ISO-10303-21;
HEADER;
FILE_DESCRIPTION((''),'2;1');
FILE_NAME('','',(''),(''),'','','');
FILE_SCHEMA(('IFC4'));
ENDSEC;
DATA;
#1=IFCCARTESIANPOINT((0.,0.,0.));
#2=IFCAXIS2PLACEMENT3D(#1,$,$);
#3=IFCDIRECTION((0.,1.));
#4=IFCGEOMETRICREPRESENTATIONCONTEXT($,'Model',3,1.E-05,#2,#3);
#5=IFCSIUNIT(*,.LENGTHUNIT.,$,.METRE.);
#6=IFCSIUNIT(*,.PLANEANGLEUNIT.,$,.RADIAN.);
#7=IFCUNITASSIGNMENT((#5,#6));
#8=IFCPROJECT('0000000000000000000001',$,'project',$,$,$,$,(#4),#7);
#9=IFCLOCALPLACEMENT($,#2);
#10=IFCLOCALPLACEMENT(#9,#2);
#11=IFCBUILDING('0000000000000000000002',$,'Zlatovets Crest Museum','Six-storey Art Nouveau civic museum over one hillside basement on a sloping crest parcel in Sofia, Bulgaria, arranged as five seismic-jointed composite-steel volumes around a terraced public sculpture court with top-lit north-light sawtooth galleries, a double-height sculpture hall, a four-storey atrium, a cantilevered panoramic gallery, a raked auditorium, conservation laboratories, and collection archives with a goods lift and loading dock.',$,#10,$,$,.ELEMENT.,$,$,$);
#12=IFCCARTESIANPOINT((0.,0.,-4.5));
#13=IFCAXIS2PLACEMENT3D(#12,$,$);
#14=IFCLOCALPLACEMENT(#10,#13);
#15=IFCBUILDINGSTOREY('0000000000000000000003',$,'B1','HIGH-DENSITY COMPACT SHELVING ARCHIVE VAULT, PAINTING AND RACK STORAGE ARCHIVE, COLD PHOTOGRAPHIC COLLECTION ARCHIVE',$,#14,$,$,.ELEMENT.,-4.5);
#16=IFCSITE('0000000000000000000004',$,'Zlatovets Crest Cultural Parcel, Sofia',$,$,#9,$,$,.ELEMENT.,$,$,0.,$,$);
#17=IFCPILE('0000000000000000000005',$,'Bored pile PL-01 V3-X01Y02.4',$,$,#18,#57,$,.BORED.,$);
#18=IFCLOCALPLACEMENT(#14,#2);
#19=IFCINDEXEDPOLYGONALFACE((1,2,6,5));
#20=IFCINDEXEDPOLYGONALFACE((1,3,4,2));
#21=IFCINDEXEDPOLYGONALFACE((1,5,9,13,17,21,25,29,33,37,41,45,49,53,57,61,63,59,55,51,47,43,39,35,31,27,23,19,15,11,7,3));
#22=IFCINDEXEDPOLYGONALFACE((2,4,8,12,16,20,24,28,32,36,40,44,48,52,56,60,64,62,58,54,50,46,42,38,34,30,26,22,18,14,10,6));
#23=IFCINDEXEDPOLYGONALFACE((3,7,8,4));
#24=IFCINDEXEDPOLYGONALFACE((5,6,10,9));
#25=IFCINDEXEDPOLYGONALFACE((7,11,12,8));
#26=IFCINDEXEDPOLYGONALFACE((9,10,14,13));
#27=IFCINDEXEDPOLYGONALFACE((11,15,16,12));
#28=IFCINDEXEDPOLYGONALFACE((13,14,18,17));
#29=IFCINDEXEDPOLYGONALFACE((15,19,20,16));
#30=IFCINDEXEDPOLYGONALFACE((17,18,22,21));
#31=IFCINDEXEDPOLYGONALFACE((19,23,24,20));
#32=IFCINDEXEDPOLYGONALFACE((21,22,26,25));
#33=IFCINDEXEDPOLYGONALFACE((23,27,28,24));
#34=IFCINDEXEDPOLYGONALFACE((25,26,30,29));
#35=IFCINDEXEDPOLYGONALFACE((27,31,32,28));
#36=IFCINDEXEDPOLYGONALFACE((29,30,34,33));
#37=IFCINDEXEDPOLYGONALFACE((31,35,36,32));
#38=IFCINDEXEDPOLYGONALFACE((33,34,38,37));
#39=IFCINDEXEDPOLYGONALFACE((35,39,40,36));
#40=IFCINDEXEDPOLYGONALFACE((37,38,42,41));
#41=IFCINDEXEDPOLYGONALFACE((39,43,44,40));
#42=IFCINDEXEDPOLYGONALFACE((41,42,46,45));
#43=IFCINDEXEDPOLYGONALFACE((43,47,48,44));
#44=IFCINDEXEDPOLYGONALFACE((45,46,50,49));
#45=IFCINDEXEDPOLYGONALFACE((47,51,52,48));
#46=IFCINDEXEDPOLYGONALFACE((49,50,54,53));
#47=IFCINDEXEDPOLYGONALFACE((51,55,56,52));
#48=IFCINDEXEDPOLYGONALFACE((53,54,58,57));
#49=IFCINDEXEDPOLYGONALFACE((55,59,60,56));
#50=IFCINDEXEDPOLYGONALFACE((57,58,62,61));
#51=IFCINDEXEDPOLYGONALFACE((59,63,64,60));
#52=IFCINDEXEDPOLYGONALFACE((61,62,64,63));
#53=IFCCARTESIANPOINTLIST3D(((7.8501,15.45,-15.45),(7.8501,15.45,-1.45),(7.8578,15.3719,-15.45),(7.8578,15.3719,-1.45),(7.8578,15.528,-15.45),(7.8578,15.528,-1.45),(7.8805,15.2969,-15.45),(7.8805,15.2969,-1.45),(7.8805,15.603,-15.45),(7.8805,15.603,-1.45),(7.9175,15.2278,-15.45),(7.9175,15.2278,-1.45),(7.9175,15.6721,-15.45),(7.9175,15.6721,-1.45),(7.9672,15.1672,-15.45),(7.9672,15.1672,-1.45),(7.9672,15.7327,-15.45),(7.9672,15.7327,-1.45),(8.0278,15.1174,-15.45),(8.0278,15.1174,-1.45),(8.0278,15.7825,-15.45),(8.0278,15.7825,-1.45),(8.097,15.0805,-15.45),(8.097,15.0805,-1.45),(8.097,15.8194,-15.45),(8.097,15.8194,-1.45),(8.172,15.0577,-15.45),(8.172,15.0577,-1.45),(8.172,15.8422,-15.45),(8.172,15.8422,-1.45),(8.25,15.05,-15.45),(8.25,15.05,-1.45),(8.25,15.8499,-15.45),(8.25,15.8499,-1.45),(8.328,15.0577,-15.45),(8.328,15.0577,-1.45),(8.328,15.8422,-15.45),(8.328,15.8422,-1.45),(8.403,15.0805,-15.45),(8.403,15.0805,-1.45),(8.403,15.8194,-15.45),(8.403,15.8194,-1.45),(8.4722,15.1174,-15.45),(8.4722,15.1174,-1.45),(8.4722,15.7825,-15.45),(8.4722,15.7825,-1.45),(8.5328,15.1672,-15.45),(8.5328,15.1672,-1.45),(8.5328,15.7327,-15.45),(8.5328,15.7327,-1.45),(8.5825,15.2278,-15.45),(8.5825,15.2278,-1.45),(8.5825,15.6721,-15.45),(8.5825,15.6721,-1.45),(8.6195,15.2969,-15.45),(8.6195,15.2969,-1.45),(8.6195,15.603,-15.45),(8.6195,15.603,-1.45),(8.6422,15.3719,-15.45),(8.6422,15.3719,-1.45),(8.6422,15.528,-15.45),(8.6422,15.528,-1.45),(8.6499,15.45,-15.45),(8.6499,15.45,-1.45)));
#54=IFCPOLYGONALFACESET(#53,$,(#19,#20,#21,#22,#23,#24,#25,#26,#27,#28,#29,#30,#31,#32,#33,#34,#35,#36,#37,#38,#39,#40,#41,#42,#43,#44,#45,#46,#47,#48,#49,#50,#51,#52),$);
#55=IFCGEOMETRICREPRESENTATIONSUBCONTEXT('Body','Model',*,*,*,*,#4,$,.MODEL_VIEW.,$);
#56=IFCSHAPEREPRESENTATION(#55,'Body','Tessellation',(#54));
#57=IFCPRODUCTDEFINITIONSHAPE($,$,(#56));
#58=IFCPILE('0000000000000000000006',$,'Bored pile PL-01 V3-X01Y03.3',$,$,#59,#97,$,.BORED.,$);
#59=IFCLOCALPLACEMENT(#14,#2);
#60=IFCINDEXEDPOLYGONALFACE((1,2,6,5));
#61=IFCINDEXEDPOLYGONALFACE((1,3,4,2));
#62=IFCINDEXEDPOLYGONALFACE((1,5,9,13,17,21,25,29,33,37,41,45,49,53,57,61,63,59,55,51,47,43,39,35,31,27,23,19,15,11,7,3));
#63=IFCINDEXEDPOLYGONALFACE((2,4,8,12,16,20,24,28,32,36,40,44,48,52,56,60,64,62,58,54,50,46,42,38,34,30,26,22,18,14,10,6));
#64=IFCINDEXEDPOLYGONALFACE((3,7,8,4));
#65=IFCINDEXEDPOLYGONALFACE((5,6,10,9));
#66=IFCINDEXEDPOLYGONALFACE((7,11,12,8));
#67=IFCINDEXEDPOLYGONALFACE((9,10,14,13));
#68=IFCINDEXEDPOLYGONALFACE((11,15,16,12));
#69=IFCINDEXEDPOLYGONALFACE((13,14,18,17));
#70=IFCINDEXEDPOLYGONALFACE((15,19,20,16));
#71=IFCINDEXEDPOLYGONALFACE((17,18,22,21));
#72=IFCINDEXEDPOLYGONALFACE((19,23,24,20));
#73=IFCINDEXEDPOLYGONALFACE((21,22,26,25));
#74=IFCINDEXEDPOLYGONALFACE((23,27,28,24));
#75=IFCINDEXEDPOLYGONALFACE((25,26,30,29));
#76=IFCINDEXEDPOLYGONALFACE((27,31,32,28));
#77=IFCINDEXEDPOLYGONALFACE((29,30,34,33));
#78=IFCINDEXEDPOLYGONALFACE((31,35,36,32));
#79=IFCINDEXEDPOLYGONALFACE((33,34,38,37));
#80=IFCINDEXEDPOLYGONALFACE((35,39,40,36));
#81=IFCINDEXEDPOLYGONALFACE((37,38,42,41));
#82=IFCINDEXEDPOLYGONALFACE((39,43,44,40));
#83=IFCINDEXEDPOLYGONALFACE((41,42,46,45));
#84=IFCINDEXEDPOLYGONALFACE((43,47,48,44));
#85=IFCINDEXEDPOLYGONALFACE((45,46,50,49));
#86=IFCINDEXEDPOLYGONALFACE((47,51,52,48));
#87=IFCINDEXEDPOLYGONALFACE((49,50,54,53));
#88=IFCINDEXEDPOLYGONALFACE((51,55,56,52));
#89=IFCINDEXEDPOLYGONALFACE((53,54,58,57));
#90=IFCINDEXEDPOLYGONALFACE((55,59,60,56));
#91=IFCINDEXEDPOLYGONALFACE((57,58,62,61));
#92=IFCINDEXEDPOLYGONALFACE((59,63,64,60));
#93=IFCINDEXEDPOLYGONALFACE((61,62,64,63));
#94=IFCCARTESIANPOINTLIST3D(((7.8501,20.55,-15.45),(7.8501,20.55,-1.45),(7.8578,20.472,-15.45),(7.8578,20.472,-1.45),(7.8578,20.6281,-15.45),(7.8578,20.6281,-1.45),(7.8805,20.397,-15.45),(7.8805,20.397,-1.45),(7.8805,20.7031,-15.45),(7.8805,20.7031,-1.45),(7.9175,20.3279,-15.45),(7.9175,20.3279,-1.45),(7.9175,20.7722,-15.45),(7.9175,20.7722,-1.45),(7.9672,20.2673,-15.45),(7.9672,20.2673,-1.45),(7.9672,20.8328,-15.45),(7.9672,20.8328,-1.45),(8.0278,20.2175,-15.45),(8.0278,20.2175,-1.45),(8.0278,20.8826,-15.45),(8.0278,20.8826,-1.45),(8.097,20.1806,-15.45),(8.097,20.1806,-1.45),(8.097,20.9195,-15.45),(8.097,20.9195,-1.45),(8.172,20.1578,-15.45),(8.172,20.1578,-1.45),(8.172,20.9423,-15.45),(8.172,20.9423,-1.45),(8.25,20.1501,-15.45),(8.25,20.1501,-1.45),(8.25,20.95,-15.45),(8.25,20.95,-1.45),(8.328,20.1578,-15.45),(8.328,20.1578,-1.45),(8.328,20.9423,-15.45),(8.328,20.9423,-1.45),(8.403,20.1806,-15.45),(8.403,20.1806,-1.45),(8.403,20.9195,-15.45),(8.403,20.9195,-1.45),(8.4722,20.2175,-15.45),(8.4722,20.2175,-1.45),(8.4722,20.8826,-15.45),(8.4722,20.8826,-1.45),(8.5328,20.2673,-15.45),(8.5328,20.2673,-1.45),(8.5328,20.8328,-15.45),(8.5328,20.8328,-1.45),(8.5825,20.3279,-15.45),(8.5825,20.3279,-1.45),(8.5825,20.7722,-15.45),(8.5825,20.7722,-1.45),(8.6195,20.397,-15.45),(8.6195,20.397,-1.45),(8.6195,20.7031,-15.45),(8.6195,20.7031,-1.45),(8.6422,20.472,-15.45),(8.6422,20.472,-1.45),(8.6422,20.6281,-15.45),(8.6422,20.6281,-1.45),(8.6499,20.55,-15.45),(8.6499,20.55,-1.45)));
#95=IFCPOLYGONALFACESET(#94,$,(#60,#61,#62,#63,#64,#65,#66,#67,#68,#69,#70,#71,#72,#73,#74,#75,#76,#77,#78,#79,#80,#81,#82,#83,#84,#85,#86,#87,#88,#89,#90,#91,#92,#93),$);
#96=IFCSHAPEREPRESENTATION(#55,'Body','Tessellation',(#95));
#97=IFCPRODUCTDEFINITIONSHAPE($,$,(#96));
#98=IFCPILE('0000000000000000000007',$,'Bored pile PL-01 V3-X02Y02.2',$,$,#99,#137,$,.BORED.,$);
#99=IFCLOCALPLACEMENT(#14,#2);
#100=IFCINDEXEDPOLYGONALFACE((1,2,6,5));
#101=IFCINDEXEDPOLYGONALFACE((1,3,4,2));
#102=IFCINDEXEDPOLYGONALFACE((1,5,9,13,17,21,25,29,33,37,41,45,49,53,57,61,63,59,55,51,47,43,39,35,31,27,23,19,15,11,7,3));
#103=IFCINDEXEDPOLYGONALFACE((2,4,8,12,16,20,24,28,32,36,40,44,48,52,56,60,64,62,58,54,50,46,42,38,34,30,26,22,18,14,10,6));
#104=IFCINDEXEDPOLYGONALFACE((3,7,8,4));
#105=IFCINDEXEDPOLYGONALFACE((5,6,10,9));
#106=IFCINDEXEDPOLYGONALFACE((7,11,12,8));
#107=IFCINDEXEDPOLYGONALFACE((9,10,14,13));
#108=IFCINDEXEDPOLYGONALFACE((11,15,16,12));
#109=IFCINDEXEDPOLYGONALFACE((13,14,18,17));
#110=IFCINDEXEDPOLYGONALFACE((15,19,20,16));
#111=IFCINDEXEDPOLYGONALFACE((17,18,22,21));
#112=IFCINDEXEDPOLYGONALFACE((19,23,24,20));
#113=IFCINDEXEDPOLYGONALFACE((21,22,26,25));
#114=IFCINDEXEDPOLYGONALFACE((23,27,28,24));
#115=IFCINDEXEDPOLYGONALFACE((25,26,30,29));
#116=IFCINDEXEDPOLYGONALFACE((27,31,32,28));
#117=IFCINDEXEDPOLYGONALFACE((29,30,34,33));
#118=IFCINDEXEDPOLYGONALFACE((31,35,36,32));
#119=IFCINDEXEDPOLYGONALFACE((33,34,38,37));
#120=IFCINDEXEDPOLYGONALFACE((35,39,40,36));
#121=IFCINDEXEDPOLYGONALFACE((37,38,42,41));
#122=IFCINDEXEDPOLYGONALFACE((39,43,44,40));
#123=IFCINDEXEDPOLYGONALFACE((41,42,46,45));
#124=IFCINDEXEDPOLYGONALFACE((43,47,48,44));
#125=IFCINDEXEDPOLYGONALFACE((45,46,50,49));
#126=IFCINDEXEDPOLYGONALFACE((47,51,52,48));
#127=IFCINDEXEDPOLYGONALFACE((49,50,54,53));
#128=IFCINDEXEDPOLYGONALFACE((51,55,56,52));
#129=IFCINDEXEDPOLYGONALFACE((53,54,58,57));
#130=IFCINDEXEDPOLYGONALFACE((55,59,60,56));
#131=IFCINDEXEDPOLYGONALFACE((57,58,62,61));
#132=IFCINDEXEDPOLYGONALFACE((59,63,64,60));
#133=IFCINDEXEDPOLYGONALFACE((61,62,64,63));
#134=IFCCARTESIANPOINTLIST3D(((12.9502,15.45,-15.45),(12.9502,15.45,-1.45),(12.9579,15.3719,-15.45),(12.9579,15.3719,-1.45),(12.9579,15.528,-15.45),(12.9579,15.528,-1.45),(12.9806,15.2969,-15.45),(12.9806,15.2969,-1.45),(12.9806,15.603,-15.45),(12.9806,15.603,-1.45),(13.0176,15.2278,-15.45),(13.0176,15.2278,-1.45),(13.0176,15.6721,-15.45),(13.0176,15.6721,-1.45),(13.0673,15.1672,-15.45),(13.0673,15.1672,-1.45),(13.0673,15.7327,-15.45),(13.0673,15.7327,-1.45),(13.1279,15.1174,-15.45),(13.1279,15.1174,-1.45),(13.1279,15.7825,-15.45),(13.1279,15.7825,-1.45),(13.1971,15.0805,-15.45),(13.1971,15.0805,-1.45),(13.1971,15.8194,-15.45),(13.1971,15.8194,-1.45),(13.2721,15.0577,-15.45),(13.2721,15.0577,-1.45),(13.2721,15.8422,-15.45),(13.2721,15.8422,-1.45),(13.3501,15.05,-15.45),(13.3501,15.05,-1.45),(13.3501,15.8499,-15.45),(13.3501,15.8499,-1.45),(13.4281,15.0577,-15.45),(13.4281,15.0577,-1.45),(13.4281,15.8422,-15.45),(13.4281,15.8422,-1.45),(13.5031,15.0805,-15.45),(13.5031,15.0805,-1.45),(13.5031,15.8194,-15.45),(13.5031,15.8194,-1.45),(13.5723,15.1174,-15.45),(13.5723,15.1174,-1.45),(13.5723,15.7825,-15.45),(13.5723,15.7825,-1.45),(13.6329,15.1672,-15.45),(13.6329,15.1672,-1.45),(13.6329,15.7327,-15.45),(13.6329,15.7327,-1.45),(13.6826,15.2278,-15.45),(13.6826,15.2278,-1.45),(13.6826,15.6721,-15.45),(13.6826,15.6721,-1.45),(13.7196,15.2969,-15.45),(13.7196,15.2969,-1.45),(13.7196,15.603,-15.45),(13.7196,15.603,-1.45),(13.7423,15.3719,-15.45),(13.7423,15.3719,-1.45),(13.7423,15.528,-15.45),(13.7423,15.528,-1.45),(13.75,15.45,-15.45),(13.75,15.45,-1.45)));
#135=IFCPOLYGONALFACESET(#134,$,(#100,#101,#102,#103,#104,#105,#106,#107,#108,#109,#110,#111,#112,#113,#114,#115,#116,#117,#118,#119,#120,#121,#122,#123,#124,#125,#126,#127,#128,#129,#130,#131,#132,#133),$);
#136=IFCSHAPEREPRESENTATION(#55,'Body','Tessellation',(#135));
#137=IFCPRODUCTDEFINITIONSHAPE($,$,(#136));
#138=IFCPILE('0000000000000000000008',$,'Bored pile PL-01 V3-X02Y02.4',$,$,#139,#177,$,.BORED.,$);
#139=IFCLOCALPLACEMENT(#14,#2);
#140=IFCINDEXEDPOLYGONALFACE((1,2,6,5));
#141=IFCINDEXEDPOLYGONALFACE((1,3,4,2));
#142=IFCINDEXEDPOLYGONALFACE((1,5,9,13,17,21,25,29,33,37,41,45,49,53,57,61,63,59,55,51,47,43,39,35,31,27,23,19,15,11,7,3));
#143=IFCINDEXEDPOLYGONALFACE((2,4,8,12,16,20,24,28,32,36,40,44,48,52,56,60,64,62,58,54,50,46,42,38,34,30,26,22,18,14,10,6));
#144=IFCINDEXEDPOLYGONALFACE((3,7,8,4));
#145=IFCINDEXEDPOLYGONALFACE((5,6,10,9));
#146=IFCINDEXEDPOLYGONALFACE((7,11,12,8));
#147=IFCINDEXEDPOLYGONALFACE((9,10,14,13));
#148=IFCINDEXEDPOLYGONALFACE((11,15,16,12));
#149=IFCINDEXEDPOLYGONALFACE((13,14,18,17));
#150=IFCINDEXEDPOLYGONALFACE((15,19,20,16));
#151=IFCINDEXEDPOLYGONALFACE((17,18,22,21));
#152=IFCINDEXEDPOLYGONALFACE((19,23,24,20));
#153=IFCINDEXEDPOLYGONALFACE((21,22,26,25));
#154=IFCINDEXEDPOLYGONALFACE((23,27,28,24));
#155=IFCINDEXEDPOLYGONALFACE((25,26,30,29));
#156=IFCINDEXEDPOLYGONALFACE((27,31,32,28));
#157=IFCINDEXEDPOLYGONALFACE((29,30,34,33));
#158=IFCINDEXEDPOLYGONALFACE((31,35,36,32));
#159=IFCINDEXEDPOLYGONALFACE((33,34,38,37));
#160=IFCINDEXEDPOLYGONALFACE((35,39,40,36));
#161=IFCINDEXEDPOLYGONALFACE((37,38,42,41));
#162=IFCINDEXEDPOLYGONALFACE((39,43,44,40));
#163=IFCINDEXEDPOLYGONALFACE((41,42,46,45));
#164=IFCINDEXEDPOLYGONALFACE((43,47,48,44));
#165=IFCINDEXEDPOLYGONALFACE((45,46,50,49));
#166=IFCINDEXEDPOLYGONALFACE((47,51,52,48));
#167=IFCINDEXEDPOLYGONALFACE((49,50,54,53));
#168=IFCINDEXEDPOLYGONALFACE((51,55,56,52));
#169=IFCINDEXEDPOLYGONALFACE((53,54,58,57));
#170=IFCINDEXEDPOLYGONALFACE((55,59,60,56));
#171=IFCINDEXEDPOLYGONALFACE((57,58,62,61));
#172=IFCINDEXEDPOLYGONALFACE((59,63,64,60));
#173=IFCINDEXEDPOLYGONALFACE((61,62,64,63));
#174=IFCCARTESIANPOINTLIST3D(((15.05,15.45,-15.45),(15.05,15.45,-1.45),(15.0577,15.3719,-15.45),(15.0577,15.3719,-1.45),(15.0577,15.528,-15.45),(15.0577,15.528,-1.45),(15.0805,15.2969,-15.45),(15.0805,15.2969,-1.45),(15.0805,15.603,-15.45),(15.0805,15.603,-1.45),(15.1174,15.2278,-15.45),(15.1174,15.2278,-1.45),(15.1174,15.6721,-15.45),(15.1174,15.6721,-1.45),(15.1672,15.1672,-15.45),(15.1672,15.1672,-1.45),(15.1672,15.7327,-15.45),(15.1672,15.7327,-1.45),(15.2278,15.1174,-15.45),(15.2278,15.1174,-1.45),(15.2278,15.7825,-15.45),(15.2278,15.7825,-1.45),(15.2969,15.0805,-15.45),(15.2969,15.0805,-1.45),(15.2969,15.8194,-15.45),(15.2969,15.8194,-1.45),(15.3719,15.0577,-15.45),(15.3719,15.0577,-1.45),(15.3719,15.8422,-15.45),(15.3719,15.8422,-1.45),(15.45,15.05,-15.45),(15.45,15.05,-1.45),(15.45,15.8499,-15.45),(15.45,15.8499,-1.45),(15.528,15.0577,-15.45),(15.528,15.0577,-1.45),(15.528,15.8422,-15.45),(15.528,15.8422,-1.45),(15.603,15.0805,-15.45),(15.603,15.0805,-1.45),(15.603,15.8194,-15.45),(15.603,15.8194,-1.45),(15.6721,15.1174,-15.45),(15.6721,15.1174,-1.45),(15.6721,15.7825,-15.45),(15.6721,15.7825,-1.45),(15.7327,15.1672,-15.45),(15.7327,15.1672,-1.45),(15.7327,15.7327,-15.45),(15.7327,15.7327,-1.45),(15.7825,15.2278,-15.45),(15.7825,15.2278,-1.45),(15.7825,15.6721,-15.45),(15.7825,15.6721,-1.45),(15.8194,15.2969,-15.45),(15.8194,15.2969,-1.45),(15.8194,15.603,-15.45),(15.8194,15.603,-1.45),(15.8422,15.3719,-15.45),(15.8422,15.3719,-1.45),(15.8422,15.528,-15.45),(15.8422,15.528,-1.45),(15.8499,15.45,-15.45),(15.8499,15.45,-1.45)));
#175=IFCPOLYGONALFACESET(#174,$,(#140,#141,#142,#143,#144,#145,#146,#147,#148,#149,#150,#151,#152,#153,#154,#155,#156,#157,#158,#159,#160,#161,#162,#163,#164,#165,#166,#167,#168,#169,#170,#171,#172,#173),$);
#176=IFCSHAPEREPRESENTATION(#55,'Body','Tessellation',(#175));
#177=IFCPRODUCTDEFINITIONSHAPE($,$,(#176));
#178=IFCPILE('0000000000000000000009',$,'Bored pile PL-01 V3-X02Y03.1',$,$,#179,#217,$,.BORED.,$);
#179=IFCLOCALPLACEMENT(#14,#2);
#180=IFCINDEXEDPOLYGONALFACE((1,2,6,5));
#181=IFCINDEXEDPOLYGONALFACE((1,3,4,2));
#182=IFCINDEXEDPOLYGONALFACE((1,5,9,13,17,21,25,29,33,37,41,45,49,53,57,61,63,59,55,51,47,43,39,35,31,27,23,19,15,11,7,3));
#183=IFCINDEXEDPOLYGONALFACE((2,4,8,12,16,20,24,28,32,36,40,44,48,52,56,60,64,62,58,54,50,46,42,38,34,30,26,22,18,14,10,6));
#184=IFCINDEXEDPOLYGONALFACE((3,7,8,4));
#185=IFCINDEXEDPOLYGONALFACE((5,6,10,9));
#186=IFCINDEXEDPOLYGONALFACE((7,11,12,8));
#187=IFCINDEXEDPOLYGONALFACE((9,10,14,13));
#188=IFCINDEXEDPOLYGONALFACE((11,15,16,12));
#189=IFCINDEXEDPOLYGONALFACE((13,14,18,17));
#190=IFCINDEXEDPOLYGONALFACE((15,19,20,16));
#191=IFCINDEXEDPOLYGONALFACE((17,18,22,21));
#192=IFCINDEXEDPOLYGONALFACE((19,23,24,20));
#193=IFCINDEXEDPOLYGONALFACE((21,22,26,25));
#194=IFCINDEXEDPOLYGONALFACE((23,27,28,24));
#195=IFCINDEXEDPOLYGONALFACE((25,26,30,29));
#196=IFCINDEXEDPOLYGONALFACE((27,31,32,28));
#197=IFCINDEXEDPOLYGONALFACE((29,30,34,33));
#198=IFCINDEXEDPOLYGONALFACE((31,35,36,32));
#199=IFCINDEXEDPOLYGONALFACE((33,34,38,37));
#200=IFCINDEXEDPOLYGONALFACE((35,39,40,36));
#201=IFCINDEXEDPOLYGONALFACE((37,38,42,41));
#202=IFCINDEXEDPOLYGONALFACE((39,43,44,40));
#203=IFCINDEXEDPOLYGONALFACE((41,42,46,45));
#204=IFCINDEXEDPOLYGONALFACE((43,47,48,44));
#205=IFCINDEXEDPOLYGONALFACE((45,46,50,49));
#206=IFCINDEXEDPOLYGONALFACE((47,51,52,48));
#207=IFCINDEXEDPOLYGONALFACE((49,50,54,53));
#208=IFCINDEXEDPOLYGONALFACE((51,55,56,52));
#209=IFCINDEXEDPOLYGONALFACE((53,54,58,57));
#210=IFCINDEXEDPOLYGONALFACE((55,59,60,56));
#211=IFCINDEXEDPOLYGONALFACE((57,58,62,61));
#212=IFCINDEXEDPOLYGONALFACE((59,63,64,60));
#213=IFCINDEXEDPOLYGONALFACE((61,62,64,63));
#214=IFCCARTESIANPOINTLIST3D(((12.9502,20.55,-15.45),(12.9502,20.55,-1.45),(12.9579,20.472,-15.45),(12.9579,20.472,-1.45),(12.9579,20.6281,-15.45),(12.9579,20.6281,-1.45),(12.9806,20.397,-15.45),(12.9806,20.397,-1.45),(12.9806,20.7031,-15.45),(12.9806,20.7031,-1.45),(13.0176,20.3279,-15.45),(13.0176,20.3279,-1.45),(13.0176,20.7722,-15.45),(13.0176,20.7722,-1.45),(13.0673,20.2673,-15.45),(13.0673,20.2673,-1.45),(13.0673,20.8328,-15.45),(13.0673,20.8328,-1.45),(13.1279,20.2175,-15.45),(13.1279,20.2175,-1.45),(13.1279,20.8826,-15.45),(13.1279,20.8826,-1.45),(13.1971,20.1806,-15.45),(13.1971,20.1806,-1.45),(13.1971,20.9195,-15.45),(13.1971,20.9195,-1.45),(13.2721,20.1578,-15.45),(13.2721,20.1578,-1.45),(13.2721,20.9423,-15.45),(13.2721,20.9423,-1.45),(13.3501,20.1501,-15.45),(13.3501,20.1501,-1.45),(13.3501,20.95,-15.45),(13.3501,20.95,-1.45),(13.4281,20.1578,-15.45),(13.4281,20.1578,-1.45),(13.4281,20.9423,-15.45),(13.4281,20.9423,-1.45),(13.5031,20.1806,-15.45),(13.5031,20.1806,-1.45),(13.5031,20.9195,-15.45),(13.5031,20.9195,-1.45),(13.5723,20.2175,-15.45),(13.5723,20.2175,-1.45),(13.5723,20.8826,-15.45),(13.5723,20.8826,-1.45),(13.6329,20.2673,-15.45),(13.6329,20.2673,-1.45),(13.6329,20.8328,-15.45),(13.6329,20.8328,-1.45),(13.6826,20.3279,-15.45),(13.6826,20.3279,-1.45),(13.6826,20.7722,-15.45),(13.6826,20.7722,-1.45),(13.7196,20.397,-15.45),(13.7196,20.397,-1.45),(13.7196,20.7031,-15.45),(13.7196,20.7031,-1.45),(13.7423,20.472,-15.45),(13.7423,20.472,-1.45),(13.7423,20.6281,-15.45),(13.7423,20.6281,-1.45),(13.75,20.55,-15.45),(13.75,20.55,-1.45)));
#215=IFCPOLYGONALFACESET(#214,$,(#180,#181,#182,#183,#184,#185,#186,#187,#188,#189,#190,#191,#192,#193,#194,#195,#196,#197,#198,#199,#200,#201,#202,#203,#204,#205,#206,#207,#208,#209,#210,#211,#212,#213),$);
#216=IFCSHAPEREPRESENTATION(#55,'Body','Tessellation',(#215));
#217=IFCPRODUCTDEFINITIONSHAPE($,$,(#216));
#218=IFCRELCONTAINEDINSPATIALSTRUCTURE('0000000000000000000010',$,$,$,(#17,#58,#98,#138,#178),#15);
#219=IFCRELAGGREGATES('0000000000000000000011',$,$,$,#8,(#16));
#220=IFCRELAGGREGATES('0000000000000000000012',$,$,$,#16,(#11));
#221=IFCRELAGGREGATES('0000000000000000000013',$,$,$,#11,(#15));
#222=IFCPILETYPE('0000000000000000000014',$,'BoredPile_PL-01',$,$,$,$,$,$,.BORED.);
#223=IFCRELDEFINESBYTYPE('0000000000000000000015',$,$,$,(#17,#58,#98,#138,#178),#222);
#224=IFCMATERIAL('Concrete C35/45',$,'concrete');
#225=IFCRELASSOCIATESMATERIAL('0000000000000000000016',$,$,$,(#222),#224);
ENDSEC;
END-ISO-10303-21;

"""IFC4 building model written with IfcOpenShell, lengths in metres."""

from ifc_helpers import new_model, si_unit, direction, frame, origin, origin_2d, place, context, subcontext, project, spatial, circle, extrude, material, material_profile, profile_set, type_object, element, save


model = new_model("IFC4")

# Units and contexts
model_context = context("Model", 3, precision=1e-05, world=origin(), true_north=direction((0.0, 1.0)))
body_context = subcontext(model_context, "Body", "Model", "MODEL_VIEW")
ifc_project = project(units=[si_unit("LENGTHUNIT", "METRE"), si_unit("PLANEANGLEUNIT", "RADIAN")], contexts=[model_context])

# Site, building, storey
site_placement = place(None, origin())
site = spatial("IfcSite", under=ifc_project, at=site_placement, Name="Zlatovets Crest Cultural Parcel, Sofia", CompositionType="ELEMENT", RefElevation=0.0)
building_placement = place(site_placement, origin())
building = spatial("IfcBuilding", under=site, at=building_placement, Name="Zlatovets Crest Museum", Description="Six-storey Art Nouveau civic museum over one hillside basement on a sloping crest parcel in Sofia, Bulgaria, arranged as five seismic-jointed composite-steel volumes around a terraced public sculpture court with top-lit north-light sawtooth galleries, a double-height sculpture hall, a four-storey atrium, a cantilevered panoramic gallery, a raked auditorium, conservation laboratories, and collection archives with a goods lift and loading dock.", CompositionType="ELEMENT")
storey_placement = place(building_placement, frame((0.0, 0.0, -4.5)))
storey = spatial("IfcBuildingStorey", under=building, at=storey_placement, Name="B1", Description="HIGH-DENSITY COMPACT SHELVING ARCHIVE VAULT, PAINTING AND RACK STORAGE ARCHIVE, COLD PHOTOGRAPHIC COLLECTION ARCHIVE", CompositionType="ELEMENT", Elevation=-4.5)

# Piles
ifc_material_1 = material(Name="Concrete C35/45", Category="concrete")
ifc_material_profile_1 = material_profile(ifc_material_1, circle(Radius=0.3999, at=origin_2d()), Name="PILE D800")
ifc_profile_set_1 = profile_set([ifc_material_profile_1], Name="Concrete C35/45")
pile_type = type_object("IfcPileType", Name="BoredPile_PL-01", PredefinedType="BORED", material=ifc_profile_set_1)
for number, where, z_axis, x_axis, name in (
    (1, (8.25, 15.45, -1.45), (0.0, 0.0, -1.0), (1.0, 0.0, 0.0), "Bored pile PL-01 V3-X01Y02.4"),
    (2, (8.25, 20.55, -1.45), (0.0, 0.0, -1.0), (1.0, 0.0, 0.0), "Bored pile PL-01 V3-X01Y03.3"),
    (3, (13.3501, 15.45, -1.45), (0.0, 0.0, -1.0), (1.0, 0.0, 0.0), "Bored pile PL-01 V3-X02Y02.2"),
    (4, (15.45, 15.45, -1.45), (0.0, 0.0, -1.0), (1.0, 0.0, 0.0), "Bored pile PL-01 V3-X02Y02.4"),
    (5, (13.3501, 20.55, -1.45), (0.0, 0.0, -1.0), (1.0, 0.0, 0.0), "Bored pile PL-01 V3-X02Y03.1"),
):
    element("IfcPile", number, at=place(storey_placement, frame(where, z_axis=z_axis, x_axis=x_axis)), inside=storey, type_object=pile_type, Name=name, PredefinedType="BORED", context=body_context, shape_type="SweptSolid", body=[
        extrude(circle(Radius=0.3999, at=origin_2d()), origin(), (0.0, 0.0, 1.0), 14.0),
    ])

save(model, "model.ifc")
